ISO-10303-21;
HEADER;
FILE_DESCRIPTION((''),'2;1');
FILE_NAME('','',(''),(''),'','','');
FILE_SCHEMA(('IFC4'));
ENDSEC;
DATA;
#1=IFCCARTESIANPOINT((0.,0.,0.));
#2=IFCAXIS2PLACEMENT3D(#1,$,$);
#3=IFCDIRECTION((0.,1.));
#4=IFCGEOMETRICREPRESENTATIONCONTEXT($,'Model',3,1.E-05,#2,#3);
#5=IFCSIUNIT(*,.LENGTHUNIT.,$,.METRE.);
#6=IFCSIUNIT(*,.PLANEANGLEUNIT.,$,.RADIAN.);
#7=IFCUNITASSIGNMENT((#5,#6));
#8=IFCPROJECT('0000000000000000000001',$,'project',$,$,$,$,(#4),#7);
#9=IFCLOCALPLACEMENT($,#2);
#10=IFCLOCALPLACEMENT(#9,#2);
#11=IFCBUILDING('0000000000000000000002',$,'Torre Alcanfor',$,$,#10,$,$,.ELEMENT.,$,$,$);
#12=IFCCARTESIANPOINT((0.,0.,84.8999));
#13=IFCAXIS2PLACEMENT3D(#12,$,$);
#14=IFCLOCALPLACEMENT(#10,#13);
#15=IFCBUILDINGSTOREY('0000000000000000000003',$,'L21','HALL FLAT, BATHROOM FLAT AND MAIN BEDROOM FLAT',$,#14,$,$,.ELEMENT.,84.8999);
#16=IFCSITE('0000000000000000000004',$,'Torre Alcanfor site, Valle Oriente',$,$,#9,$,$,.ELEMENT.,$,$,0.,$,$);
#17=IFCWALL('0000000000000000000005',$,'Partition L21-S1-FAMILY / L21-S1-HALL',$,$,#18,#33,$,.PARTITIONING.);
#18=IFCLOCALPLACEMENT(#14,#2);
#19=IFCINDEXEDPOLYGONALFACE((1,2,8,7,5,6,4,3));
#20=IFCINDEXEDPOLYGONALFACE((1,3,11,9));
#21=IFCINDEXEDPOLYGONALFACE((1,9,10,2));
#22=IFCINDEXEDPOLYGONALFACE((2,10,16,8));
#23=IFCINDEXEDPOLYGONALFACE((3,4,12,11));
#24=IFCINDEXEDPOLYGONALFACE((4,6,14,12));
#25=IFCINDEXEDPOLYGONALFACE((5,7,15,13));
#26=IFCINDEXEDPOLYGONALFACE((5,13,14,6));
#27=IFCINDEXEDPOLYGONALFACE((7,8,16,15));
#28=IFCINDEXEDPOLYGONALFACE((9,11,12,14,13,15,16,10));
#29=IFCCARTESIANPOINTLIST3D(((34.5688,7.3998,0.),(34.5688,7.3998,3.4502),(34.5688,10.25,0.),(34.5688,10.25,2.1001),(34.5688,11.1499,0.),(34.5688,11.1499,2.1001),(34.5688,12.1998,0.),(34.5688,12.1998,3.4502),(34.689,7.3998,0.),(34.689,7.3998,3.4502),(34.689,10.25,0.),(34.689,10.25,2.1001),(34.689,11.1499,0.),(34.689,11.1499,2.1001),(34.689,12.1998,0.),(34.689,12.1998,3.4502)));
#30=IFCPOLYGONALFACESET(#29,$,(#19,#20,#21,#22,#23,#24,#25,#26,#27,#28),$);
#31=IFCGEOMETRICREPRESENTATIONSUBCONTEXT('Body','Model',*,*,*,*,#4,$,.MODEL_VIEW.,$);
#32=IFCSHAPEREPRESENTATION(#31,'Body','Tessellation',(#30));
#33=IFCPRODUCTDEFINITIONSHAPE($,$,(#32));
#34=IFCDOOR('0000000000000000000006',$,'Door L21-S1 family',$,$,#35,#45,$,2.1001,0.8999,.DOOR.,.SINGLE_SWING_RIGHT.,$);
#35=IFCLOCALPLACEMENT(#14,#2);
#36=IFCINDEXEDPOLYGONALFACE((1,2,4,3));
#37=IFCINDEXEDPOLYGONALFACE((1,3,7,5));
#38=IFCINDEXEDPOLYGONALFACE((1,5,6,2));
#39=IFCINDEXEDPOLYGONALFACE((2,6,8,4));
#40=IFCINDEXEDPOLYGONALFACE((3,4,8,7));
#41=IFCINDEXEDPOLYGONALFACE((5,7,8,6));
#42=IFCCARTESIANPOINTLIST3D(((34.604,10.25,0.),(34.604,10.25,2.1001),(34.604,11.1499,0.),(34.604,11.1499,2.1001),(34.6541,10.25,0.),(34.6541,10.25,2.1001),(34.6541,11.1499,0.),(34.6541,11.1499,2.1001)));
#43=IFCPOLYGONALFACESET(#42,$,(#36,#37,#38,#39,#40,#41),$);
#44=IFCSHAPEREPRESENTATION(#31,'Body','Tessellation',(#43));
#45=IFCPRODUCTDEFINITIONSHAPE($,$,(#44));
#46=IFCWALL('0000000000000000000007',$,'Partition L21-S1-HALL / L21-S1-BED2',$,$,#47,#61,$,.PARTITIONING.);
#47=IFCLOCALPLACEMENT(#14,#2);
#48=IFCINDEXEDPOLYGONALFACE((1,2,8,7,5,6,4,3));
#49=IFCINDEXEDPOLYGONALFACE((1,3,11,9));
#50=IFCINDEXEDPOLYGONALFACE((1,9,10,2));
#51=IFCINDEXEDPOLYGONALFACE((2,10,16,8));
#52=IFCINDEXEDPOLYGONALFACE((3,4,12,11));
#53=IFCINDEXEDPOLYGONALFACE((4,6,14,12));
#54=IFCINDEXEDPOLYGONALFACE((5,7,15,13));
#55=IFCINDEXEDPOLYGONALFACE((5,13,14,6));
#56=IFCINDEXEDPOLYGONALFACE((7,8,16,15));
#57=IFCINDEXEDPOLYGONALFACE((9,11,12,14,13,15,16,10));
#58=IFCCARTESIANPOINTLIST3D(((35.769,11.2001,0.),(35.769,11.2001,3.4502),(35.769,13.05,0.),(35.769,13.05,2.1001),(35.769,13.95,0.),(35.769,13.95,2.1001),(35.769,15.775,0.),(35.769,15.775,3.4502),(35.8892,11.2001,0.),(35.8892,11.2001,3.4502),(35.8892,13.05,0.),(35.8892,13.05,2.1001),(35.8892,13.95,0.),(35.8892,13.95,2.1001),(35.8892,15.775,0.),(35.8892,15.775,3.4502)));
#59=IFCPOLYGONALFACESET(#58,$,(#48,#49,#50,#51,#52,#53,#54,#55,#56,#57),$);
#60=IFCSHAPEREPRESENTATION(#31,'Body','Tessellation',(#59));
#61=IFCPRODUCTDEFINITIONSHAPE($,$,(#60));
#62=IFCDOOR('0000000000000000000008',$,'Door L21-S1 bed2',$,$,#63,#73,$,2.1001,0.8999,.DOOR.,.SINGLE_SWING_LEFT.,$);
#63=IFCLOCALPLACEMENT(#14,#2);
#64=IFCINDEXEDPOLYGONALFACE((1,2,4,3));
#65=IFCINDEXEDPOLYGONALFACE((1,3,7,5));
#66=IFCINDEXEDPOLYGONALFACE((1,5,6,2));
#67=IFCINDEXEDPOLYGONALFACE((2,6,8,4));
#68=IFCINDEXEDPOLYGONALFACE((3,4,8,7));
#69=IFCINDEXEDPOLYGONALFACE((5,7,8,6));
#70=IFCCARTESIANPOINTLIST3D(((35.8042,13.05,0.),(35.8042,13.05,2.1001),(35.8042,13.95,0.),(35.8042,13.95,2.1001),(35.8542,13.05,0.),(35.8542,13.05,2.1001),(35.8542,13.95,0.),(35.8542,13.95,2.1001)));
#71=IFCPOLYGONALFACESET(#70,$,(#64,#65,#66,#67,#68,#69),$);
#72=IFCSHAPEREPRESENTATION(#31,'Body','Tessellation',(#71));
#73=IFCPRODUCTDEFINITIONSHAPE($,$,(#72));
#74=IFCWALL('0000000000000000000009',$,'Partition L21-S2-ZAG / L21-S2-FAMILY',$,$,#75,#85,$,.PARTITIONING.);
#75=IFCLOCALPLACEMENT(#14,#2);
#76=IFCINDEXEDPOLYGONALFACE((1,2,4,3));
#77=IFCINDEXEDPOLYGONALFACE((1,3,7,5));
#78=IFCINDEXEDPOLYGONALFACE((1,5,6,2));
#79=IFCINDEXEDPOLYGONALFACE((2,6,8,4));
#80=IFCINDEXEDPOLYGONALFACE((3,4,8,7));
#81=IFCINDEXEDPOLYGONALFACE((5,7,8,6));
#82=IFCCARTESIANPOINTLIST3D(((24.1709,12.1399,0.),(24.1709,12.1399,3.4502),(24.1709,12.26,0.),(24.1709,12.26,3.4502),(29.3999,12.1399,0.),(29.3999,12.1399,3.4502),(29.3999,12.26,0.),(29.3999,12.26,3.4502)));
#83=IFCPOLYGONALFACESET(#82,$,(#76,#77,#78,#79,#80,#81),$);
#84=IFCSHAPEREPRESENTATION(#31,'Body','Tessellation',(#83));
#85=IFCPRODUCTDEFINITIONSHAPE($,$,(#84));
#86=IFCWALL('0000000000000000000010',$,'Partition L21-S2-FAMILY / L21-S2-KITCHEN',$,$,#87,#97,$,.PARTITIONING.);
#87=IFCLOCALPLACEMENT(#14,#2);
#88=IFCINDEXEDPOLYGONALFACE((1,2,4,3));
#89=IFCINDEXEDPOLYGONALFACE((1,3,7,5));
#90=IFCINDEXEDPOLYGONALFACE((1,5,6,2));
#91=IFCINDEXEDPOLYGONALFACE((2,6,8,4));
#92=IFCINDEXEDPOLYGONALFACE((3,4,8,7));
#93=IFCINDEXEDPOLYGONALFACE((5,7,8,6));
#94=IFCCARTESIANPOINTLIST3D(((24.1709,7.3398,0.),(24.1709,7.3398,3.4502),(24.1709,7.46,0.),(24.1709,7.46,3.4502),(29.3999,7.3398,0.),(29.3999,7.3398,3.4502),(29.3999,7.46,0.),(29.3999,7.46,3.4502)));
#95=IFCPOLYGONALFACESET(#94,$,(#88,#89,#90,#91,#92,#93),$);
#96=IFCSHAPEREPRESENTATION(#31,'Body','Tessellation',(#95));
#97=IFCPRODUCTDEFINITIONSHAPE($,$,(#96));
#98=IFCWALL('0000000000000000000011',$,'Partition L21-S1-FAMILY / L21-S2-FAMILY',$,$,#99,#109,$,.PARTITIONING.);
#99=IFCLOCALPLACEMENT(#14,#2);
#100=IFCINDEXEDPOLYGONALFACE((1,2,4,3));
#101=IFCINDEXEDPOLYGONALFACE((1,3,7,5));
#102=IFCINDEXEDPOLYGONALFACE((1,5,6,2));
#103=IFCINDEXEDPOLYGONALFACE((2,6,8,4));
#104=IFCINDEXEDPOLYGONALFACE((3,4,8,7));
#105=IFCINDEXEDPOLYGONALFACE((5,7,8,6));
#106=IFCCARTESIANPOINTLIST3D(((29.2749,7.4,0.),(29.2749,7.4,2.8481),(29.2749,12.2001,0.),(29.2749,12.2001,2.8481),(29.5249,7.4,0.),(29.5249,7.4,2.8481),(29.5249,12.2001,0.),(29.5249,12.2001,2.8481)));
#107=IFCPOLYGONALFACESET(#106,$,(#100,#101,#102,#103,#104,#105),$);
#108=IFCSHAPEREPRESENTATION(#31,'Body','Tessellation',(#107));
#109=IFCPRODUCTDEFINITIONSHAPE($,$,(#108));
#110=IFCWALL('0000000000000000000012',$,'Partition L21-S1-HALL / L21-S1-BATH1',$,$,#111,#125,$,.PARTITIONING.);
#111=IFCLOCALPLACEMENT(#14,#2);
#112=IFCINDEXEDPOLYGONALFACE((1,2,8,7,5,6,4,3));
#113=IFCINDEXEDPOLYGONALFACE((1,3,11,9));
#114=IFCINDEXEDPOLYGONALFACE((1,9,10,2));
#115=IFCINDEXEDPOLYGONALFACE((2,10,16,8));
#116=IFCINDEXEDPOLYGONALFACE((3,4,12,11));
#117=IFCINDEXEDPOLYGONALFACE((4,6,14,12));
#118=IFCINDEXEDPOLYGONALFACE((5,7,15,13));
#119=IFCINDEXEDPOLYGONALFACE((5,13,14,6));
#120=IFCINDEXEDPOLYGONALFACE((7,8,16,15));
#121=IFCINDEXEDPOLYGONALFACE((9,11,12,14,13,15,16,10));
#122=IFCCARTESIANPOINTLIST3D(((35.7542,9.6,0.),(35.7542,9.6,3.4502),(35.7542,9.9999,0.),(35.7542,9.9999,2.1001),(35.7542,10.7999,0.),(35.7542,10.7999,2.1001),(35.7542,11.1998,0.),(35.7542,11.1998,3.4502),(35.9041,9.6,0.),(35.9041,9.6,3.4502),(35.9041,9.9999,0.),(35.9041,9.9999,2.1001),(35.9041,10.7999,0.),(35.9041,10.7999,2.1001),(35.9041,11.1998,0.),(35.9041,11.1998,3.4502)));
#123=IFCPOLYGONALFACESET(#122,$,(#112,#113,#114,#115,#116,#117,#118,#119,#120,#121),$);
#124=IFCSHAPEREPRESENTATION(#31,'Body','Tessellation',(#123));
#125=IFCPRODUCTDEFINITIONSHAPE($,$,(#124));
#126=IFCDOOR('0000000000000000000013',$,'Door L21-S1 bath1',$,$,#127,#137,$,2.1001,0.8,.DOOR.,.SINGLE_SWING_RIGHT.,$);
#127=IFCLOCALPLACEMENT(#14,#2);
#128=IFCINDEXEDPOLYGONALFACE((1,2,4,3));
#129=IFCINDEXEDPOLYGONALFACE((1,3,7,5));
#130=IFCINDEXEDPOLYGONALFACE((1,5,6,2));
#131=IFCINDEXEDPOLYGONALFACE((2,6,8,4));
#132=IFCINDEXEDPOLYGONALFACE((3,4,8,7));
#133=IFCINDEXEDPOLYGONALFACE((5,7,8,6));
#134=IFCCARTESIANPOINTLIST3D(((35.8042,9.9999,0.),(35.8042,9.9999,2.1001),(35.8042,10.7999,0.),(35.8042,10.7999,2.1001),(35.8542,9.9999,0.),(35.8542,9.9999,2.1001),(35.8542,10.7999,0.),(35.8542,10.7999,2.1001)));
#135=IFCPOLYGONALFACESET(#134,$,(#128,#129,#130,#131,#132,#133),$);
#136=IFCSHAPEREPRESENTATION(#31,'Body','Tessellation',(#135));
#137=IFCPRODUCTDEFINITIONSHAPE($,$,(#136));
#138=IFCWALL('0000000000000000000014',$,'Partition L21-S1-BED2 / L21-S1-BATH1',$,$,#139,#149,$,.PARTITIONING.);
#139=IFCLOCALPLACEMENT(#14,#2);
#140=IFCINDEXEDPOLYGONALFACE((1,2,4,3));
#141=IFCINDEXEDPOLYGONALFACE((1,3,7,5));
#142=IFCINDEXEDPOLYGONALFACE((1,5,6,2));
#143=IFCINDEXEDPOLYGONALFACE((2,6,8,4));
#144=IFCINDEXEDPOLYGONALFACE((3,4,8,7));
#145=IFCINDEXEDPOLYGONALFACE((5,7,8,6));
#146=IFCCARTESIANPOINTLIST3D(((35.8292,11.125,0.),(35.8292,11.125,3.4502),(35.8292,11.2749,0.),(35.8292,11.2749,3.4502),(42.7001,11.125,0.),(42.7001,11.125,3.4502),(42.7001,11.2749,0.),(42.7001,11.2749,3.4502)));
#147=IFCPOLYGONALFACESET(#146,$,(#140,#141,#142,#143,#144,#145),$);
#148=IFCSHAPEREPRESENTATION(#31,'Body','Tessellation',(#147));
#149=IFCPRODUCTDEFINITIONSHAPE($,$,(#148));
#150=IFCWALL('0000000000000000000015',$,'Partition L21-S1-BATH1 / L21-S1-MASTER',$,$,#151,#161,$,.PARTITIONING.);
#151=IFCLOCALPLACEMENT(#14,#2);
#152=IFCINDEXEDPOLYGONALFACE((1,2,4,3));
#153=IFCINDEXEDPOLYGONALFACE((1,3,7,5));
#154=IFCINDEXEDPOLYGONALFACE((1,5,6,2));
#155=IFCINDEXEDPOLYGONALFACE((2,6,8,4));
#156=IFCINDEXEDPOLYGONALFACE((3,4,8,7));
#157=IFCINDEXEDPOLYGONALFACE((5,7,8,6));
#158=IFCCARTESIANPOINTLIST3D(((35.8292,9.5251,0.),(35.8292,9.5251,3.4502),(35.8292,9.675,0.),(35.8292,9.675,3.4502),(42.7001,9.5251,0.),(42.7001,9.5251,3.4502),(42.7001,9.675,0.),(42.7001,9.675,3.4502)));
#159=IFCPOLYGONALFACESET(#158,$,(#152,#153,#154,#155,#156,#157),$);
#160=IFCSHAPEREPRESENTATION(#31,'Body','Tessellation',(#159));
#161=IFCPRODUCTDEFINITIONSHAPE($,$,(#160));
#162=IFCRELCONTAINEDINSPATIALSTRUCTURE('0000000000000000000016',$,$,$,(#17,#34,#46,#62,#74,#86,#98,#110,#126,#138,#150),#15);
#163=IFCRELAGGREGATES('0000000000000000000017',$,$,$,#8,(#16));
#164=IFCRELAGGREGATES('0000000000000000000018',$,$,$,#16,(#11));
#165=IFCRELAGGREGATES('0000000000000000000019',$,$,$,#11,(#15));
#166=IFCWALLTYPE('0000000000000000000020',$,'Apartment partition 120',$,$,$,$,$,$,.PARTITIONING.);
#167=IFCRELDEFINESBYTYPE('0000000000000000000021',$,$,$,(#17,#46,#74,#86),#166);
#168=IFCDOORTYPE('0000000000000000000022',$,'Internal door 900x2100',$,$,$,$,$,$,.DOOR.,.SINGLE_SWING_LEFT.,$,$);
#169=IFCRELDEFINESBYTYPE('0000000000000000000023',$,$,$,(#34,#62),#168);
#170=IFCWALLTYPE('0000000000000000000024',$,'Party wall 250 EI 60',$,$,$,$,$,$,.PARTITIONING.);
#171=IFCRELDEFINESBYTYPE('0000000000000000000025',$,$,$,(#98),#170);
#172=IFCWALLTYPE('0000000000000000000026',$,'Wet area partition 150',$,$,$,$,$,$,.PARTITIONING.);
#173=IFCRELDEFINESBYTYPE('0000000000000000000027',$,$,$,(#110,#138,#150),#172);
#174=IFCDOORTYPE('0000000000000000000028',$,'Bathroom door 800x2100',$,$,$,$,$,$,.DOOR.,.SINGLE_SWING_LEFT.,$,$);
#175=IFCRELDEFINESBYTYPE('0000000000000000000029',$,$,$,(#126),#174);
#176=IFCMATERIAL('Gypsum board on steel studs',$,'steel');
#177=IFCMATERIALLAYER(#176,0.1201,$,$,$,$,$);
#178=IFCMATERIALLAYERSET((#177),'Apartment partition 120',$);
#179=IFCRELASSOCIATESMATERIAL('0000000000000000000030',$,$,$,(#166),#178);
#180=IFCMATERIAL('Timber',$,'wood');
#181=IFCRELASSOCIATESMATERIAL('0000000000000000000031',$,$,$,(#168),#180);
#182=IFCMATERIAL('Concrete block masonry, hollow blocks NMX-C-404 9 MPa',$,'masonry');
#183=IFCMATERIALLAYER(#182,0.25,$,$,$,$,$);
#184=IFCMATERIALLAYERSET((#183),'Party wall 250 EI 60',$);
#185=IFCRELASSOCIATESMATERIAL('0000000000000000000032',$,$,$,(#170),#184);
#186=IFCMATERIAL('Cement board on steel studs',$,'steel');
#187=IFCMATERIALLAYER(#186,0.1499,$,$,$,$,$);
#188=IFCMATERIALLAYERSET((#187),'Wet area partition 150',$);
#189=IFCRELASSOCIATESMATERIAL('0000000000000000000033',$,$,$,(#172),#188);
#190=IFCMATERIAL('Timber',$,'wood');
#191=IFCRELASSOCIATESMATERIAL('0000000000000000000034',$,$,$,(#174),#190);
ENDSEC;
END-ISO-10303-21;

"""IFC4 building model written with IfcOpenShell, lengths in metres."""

from ifc_helpers import new_model, si_unit, direction, frame, frame_2d, origin, place, context, subcontext, project, spatial, rectangle, extrude, material, layer, layer_set, type_object, element, fill, save


model = new_model("IFC4")

# Units and contexts
model_context = context("Model", 3, precision=1e-05, world=origin(), true_north=direction((0.0, 1.0)))
body_context = subcontext(model_context, "Body", "Model", "MODEL_VIEW")
ifc_project = project(units=[si_unit("LENGTHUNIT", "METRE"), si_unit("PLANEANGLEUNIT", "RADIAN")], contexts=[model_context])

# Site, building, storey
site_placement = place(None, origin())
site = spatial("IfcSite", under=ifc_project, at=site_placement, Name="Torre Alcanfor site, Valle Oriente", CompositionType="ELEMENT", RefElevation=0.0)
building_placement = place(site_placement, origin())
building = spatial("IfcBuilding", under=site, at=building_placement, Name="Torre Alcanfor", CompositionType="ELEMENT")
storey_placement = place(building_placement, frame((0.0, 0.0, 84.8999)))
storey = spatial("IfcBuildingStorey", under=building, at=storey_placement, Name="L21", Description="HALL FLAT, BATHROOM FLAT AND MAIN BEDROOM FLAT", CompositionType="ELEMENT", Elevation=84.8999)

# Shared definitions
ifc_material_1 = material(Name="Gypsum board on steel studs", Category="steel")
ifc_layer_1 = layer(ifc_material_1, 0.1201)
ifc_layer_set_1 = layer_set([ifc_layer_1], Name="Apartment partition 120")
wall_type_1 = type_object("IfcWallType", Name="Apartment partition 120", PredefinedType="PARTITIONING", material=ifc_layer_set_1)

# Walls, openings, doors
wall_1_placement = place(storey_placement, frame((34.6289, 7.3999, 0.0), z_axis=(0.0, 0.0, 1.0), x_axis=(0.0, 1.0, 0.0)))
wall_1 = element("IfcWall", 1, at=wall_1_placement, inside=storey, type_object=wall_type_1, Name="Partition L21-S1-FAMILY / L21-S1-HALL", PredefinedType="PARTITIONING", context=body_context, shape_type="SweptSolid", body=[
    extrude(rectangle(XDim=4.8, YDim=0.1201, at=frame_2d((2.3999, 0.0))), origin(), (0.0, 0.0, 1.0), 3.4502),
])
opening_1_placement = place(wall_1_placement, frame((2.8501, 0.0, 0.0)))
opening_1 = element("IfcOpeningElement", 2, at=opening_1_placement, cuts=wall_1, PredefinedType="OPENING", context=body_context, shape_type="SweptSolid", body=[
    extrude(rectangle(XDim=0.8999, YDim=2.1001, at=frame_2d((0.45, 1.05))), frame((0.0, 0.0701, 0.0), z_axis=(0.0, -1.0, 0.0), x_axis=(1.0, 0.0, 0.0)), (0.0, 0.0, 1.0), 0.1401),
])
ifc_material_2 = material(Name="Timber", Category="wood")
door_type_1 = type_object("IfcDoorType", Name="Internal door 900x2100", OperationType="SINGLE_SWING_LEFT", PredefinedType="DOOR", material=ifc_material_2)
door_1_placement = place(opening_1_placement, origin())
door_1 = element("IfcDoor", 3, at=door_1_placement, inside=storey, type_object=door_type_1, Name="Door L21-S1 family", OperationType="SINGLE_SWING_RIGHT", OverallHeight=2.1001, OverallWidth=0.8999, PredefinedType="DOOR", context=body_context, shape_type="SweptSolid", body=[
    extrude(rectangle(XDim=0.8999, YDim=2.1001, at=frame_2d((0.45, 1.05))), frame((0.0, 0.0249, 0.0), z_axis=(0.0, -1.0, 0.0), x_axis=(1.0, 0.0, 0.0)), (0.0, 0.0, 1.0), 0.05),
])
fill(opening_1, door_1)
wall_2_placement = place(storey_placement, frame((35.8291, 11.2, 0.0), z_axis=(0.0, 0.0, 1.0), x_axis=(0.0, 1.0, 0.0)))
wall_2 = element("IfcWall", 4, at=wall_2_placement, inside=storey, type_object=wall_type_1, Name="Partition L21-S1-HALL / L21-S1-BED2", PredefinedType="PARTITIONING", context=body_context, shape_type="SweptSolid", body=[
    extrude(rectangle(XDim=4.575, YDim=0.1201, at=frame_2d((2.2876, 0.0))), origin(), (0.0, 0.0, 1.0), 3.4502),
])
opening_2_placement = place(wall_2_placement, frame((1.8501, 0.0, 0.0)))
opening_2 = element("IfcOpeningElement", 5, at=opening_2_placement, cuts=wall_2, PredefinedType="OPENING", context=body_context, shape_type="SweptSolid", body=[
    extrude(rectangle(XDim=0.8999, YDim=2.1001, at=frame_2d((0.45, 1.05))), frame((0.0, 0.0701, 0.0), z_axis=(0.0, -1.0, 0.0), x_axis=(1.0, 0.0, 0.0)), (0.0, 0.0, 1.0), 0.1401),
])
door_2_placement = place(opening_2_placement, frame((0.8999, 0.0, 0.0), z_axis=(0.0, 0.0, 1.0), x_axis=(-1.0, 0.0, 0.0)))
door_2 = element("IfcDoor", 6, at=door_2_placement, inside=storey, type_object=door_type_1, Name="Door L21-S1 bed2", OperationType="SINGLE_SWING_LEFT", OverallHeight=2.1001, OverallWidth=0.8999, PredefinedType="DOOR", context=body_context, shape_type="SweptSolid", body=[
    extrude(rectangle(XDim=0.8999, YDim=2.1001, at=frame_2d((0.45, 1.05))), frame((0.0, 0.0251, 0.0), z_axis=(0.0, -1.0, 0.0), x_axis=(1.0, 0.0, 0.0)), (0.0, 0.0, 1.0), 0.05),
])
fill(opening_2, door_2)

# Walls
for number, where, z_axis, x_axis, name in (
    (7, (29.3999, 12.2, 0.0), (0.0, 0.0, 1.0), (-1.0, 0.0, 0.0), "Partition L21-S2-ZAG / L21-S2-FAMILY"),
    (8, (29.3999, 7.3999, 0.0), (0.0, 0.0, 1.0), (-1.0, 0.0, 0.0), "Partition L21-S2-FAMILY / L21-S2-KITCHEN"),
):
    element("IfcWall", number, at=place(storey_placement, frame(where, z_axis=z_axis, x_axis=x_axis)), inside=storey, type_object=wall_type_1, Name=name, PredefinedType="PARTITIONING", context=body_context, shape_type="SweptSolid", body=[
        extrude(rectangle(XDim=5.229, YDim=0.1201, at=frame_2d((2.6145, 0.0))), origin(), (0.0, 0.0, 1.0), 3.4502),
    ])
ifc_material_3 = material(Name="Concrete block masonry, hollow blocks NMX-C-404 9 MPa", Category="masonry")
ifc_layer_2 = layer(ifc_material_3, 0.25)
ifc_layer_set_2 = layer_set([ifc_layer_2], Name="Party wall 250 EI 60")
wall_type_2 = type_object("IfcWallType", Name="Party wall 250 EI 60", PredefinedType="PARTITIONING", material=ifc_layer_set_2)
wall_3_placement = place(storey_placement, frame((29.3999, 12.2, 0.0), z_axis=(0.0, 0.0, 1.0), x_axis=(0.0, -1.0, 0.0)))
element("IfcWall", 9, at=wall_3_placement, inside=storey, type_object=wall_type_2, Name="Partition L21-S1-FAMILY / L21-S2-FAMILY", PredefinedType="PARTITIONING", context=body_context, shape_type="SweptSolid", body=[
    extrude(rectangle(XDim=4.8, YDim=0.25, at=frame_2d((2.3999, 0.0))), origin(), (0.0, 0.0, 1.0), 2.8481),
])

# Wall, opening, door
ifc_material_4 = material(Name="Cement board on steel studs", Category="steel")
ifc_layer_3 = layer(ifc_material_4, 0.1499)
ifc_layer_set_3 = layer_set([ifc_layer_3], Name="Wet area partition 150")
wall_type_3 = type_object("IfcWallType", Name="Wet area partition 150", PredefinedType="PARTITIONING", material=ifc_layer_set_3)
wall_4_placement = place(storey_placement, frame((35.8291, 9.6001, 0.0), z_axis=(0.0, 0.0, 1.0), x_axis=(0.0, 1.0, 0.0)))
wall_4 = element("IfcWall", 10, at=wall_4_placement, inside=storey, type_object=wall_type_3, Name="Partition L21-S1-HALL / L21-S1-BATH1", PredefinedType="PARTITIONING", context=body_context, shape_type="SweptSolid", body=[
    extrude(rectangle(XDim=1.5999, YDim=0.1499, at=frame_2d((0.7998, 0.0))), origin(), (0.0, 0.0, 1.0), 3.4502),
])
opening_3_placement = place(wall_4_placement, frame((0.3999, 0.0, 0.0)))
opening_3 = element("IfcOpeningElement", 11, at=opening_3_placement, cuts=wall_4, PredefinedType="OPENING", context=body_context, shape_type="SweptSolid", body=[
    extrude(rectangle(XDim=0.8, YDim=2.1001, at=frame_2d((0.3999, 1.05))), frame((0.0, 0.085, 0.0), z_axis=(0.0, -1.0, 0.0), x_axis=(1.0, 0.0, 0.0)), (0.0, 0.0, 1.0), 0.1699),
])
ifc_material_5 = material(Name="Timber", Category="wood")
door_type_2 = type_object("IfcDoorType", Name="Bathroom door 800x2100", OperationType="SINGLE_SWING_LEFT", PredefinedType="DOOR", material=ifc_material_5)
door_3_placement = place(opening_3_placement, frame((0.8, 0.0, 0.0), z_axis=(0.0, 0.0, 1.0), x_axis=(-1.0, 0.0, 0.0)))
door_3 = element("IfcDoor", 12, at=door_3_placement, inside=storey, type_object=door_type_2, Name="Door L21-S1 bath1", OperationType="SINGLE_SWING_RIGHT", OverallHeight=2.1001, OverallWidth=0.8, PredefinedType="DOOR", context=body_context, shape_type="SweptSolid", body=[
    extrude(rectangle(XDim=0.8, YDim=2.1001, at=frame_2d((0.4001, 1.05))), frame((0.0, 0.0251, 0.0), z_axis=(0.0, -1.0, 0.0), x_axis=(1.0, 0.0, 0.0)), (0.0, 0.0, 1.0), 0.05),
])
fill(opening_3, door_3)

# Walls
for number, where, z_axis, x_axis, name in (
    (13, (35.8291, 11.2, 0.0), (0.0, 0.0, 1.0), (1.0, 0.0, 0.0), "Partition L21-S1-BED2 / L21-S1-BATH1"),
    (14, (35.8291, 9.6001, 0.0), (0.0, 0.0, 1.0), (1.0, 0.0, 0.0), "Partition L21-S1-BATH1 / L21-S1-MASTER"),
):
    element("IfcWall", number, at=place(storey_placement, frame(where, z_axis=z_axis, x_axis=x_axis)), inside=storey, type_object=wall_type_3, Name=name, PredefinedType="PARTITIONING", context=body_context, shape_type="SweptSolid", body=[
        extrude(rectangle(XDim=6.8708, YDim=0.1499, at=frame_2d((3.4355, 0.0))), origin(), (0.0, 0.0, 1.0), 3.4502),
    ])

save(model, "model.ifc")
